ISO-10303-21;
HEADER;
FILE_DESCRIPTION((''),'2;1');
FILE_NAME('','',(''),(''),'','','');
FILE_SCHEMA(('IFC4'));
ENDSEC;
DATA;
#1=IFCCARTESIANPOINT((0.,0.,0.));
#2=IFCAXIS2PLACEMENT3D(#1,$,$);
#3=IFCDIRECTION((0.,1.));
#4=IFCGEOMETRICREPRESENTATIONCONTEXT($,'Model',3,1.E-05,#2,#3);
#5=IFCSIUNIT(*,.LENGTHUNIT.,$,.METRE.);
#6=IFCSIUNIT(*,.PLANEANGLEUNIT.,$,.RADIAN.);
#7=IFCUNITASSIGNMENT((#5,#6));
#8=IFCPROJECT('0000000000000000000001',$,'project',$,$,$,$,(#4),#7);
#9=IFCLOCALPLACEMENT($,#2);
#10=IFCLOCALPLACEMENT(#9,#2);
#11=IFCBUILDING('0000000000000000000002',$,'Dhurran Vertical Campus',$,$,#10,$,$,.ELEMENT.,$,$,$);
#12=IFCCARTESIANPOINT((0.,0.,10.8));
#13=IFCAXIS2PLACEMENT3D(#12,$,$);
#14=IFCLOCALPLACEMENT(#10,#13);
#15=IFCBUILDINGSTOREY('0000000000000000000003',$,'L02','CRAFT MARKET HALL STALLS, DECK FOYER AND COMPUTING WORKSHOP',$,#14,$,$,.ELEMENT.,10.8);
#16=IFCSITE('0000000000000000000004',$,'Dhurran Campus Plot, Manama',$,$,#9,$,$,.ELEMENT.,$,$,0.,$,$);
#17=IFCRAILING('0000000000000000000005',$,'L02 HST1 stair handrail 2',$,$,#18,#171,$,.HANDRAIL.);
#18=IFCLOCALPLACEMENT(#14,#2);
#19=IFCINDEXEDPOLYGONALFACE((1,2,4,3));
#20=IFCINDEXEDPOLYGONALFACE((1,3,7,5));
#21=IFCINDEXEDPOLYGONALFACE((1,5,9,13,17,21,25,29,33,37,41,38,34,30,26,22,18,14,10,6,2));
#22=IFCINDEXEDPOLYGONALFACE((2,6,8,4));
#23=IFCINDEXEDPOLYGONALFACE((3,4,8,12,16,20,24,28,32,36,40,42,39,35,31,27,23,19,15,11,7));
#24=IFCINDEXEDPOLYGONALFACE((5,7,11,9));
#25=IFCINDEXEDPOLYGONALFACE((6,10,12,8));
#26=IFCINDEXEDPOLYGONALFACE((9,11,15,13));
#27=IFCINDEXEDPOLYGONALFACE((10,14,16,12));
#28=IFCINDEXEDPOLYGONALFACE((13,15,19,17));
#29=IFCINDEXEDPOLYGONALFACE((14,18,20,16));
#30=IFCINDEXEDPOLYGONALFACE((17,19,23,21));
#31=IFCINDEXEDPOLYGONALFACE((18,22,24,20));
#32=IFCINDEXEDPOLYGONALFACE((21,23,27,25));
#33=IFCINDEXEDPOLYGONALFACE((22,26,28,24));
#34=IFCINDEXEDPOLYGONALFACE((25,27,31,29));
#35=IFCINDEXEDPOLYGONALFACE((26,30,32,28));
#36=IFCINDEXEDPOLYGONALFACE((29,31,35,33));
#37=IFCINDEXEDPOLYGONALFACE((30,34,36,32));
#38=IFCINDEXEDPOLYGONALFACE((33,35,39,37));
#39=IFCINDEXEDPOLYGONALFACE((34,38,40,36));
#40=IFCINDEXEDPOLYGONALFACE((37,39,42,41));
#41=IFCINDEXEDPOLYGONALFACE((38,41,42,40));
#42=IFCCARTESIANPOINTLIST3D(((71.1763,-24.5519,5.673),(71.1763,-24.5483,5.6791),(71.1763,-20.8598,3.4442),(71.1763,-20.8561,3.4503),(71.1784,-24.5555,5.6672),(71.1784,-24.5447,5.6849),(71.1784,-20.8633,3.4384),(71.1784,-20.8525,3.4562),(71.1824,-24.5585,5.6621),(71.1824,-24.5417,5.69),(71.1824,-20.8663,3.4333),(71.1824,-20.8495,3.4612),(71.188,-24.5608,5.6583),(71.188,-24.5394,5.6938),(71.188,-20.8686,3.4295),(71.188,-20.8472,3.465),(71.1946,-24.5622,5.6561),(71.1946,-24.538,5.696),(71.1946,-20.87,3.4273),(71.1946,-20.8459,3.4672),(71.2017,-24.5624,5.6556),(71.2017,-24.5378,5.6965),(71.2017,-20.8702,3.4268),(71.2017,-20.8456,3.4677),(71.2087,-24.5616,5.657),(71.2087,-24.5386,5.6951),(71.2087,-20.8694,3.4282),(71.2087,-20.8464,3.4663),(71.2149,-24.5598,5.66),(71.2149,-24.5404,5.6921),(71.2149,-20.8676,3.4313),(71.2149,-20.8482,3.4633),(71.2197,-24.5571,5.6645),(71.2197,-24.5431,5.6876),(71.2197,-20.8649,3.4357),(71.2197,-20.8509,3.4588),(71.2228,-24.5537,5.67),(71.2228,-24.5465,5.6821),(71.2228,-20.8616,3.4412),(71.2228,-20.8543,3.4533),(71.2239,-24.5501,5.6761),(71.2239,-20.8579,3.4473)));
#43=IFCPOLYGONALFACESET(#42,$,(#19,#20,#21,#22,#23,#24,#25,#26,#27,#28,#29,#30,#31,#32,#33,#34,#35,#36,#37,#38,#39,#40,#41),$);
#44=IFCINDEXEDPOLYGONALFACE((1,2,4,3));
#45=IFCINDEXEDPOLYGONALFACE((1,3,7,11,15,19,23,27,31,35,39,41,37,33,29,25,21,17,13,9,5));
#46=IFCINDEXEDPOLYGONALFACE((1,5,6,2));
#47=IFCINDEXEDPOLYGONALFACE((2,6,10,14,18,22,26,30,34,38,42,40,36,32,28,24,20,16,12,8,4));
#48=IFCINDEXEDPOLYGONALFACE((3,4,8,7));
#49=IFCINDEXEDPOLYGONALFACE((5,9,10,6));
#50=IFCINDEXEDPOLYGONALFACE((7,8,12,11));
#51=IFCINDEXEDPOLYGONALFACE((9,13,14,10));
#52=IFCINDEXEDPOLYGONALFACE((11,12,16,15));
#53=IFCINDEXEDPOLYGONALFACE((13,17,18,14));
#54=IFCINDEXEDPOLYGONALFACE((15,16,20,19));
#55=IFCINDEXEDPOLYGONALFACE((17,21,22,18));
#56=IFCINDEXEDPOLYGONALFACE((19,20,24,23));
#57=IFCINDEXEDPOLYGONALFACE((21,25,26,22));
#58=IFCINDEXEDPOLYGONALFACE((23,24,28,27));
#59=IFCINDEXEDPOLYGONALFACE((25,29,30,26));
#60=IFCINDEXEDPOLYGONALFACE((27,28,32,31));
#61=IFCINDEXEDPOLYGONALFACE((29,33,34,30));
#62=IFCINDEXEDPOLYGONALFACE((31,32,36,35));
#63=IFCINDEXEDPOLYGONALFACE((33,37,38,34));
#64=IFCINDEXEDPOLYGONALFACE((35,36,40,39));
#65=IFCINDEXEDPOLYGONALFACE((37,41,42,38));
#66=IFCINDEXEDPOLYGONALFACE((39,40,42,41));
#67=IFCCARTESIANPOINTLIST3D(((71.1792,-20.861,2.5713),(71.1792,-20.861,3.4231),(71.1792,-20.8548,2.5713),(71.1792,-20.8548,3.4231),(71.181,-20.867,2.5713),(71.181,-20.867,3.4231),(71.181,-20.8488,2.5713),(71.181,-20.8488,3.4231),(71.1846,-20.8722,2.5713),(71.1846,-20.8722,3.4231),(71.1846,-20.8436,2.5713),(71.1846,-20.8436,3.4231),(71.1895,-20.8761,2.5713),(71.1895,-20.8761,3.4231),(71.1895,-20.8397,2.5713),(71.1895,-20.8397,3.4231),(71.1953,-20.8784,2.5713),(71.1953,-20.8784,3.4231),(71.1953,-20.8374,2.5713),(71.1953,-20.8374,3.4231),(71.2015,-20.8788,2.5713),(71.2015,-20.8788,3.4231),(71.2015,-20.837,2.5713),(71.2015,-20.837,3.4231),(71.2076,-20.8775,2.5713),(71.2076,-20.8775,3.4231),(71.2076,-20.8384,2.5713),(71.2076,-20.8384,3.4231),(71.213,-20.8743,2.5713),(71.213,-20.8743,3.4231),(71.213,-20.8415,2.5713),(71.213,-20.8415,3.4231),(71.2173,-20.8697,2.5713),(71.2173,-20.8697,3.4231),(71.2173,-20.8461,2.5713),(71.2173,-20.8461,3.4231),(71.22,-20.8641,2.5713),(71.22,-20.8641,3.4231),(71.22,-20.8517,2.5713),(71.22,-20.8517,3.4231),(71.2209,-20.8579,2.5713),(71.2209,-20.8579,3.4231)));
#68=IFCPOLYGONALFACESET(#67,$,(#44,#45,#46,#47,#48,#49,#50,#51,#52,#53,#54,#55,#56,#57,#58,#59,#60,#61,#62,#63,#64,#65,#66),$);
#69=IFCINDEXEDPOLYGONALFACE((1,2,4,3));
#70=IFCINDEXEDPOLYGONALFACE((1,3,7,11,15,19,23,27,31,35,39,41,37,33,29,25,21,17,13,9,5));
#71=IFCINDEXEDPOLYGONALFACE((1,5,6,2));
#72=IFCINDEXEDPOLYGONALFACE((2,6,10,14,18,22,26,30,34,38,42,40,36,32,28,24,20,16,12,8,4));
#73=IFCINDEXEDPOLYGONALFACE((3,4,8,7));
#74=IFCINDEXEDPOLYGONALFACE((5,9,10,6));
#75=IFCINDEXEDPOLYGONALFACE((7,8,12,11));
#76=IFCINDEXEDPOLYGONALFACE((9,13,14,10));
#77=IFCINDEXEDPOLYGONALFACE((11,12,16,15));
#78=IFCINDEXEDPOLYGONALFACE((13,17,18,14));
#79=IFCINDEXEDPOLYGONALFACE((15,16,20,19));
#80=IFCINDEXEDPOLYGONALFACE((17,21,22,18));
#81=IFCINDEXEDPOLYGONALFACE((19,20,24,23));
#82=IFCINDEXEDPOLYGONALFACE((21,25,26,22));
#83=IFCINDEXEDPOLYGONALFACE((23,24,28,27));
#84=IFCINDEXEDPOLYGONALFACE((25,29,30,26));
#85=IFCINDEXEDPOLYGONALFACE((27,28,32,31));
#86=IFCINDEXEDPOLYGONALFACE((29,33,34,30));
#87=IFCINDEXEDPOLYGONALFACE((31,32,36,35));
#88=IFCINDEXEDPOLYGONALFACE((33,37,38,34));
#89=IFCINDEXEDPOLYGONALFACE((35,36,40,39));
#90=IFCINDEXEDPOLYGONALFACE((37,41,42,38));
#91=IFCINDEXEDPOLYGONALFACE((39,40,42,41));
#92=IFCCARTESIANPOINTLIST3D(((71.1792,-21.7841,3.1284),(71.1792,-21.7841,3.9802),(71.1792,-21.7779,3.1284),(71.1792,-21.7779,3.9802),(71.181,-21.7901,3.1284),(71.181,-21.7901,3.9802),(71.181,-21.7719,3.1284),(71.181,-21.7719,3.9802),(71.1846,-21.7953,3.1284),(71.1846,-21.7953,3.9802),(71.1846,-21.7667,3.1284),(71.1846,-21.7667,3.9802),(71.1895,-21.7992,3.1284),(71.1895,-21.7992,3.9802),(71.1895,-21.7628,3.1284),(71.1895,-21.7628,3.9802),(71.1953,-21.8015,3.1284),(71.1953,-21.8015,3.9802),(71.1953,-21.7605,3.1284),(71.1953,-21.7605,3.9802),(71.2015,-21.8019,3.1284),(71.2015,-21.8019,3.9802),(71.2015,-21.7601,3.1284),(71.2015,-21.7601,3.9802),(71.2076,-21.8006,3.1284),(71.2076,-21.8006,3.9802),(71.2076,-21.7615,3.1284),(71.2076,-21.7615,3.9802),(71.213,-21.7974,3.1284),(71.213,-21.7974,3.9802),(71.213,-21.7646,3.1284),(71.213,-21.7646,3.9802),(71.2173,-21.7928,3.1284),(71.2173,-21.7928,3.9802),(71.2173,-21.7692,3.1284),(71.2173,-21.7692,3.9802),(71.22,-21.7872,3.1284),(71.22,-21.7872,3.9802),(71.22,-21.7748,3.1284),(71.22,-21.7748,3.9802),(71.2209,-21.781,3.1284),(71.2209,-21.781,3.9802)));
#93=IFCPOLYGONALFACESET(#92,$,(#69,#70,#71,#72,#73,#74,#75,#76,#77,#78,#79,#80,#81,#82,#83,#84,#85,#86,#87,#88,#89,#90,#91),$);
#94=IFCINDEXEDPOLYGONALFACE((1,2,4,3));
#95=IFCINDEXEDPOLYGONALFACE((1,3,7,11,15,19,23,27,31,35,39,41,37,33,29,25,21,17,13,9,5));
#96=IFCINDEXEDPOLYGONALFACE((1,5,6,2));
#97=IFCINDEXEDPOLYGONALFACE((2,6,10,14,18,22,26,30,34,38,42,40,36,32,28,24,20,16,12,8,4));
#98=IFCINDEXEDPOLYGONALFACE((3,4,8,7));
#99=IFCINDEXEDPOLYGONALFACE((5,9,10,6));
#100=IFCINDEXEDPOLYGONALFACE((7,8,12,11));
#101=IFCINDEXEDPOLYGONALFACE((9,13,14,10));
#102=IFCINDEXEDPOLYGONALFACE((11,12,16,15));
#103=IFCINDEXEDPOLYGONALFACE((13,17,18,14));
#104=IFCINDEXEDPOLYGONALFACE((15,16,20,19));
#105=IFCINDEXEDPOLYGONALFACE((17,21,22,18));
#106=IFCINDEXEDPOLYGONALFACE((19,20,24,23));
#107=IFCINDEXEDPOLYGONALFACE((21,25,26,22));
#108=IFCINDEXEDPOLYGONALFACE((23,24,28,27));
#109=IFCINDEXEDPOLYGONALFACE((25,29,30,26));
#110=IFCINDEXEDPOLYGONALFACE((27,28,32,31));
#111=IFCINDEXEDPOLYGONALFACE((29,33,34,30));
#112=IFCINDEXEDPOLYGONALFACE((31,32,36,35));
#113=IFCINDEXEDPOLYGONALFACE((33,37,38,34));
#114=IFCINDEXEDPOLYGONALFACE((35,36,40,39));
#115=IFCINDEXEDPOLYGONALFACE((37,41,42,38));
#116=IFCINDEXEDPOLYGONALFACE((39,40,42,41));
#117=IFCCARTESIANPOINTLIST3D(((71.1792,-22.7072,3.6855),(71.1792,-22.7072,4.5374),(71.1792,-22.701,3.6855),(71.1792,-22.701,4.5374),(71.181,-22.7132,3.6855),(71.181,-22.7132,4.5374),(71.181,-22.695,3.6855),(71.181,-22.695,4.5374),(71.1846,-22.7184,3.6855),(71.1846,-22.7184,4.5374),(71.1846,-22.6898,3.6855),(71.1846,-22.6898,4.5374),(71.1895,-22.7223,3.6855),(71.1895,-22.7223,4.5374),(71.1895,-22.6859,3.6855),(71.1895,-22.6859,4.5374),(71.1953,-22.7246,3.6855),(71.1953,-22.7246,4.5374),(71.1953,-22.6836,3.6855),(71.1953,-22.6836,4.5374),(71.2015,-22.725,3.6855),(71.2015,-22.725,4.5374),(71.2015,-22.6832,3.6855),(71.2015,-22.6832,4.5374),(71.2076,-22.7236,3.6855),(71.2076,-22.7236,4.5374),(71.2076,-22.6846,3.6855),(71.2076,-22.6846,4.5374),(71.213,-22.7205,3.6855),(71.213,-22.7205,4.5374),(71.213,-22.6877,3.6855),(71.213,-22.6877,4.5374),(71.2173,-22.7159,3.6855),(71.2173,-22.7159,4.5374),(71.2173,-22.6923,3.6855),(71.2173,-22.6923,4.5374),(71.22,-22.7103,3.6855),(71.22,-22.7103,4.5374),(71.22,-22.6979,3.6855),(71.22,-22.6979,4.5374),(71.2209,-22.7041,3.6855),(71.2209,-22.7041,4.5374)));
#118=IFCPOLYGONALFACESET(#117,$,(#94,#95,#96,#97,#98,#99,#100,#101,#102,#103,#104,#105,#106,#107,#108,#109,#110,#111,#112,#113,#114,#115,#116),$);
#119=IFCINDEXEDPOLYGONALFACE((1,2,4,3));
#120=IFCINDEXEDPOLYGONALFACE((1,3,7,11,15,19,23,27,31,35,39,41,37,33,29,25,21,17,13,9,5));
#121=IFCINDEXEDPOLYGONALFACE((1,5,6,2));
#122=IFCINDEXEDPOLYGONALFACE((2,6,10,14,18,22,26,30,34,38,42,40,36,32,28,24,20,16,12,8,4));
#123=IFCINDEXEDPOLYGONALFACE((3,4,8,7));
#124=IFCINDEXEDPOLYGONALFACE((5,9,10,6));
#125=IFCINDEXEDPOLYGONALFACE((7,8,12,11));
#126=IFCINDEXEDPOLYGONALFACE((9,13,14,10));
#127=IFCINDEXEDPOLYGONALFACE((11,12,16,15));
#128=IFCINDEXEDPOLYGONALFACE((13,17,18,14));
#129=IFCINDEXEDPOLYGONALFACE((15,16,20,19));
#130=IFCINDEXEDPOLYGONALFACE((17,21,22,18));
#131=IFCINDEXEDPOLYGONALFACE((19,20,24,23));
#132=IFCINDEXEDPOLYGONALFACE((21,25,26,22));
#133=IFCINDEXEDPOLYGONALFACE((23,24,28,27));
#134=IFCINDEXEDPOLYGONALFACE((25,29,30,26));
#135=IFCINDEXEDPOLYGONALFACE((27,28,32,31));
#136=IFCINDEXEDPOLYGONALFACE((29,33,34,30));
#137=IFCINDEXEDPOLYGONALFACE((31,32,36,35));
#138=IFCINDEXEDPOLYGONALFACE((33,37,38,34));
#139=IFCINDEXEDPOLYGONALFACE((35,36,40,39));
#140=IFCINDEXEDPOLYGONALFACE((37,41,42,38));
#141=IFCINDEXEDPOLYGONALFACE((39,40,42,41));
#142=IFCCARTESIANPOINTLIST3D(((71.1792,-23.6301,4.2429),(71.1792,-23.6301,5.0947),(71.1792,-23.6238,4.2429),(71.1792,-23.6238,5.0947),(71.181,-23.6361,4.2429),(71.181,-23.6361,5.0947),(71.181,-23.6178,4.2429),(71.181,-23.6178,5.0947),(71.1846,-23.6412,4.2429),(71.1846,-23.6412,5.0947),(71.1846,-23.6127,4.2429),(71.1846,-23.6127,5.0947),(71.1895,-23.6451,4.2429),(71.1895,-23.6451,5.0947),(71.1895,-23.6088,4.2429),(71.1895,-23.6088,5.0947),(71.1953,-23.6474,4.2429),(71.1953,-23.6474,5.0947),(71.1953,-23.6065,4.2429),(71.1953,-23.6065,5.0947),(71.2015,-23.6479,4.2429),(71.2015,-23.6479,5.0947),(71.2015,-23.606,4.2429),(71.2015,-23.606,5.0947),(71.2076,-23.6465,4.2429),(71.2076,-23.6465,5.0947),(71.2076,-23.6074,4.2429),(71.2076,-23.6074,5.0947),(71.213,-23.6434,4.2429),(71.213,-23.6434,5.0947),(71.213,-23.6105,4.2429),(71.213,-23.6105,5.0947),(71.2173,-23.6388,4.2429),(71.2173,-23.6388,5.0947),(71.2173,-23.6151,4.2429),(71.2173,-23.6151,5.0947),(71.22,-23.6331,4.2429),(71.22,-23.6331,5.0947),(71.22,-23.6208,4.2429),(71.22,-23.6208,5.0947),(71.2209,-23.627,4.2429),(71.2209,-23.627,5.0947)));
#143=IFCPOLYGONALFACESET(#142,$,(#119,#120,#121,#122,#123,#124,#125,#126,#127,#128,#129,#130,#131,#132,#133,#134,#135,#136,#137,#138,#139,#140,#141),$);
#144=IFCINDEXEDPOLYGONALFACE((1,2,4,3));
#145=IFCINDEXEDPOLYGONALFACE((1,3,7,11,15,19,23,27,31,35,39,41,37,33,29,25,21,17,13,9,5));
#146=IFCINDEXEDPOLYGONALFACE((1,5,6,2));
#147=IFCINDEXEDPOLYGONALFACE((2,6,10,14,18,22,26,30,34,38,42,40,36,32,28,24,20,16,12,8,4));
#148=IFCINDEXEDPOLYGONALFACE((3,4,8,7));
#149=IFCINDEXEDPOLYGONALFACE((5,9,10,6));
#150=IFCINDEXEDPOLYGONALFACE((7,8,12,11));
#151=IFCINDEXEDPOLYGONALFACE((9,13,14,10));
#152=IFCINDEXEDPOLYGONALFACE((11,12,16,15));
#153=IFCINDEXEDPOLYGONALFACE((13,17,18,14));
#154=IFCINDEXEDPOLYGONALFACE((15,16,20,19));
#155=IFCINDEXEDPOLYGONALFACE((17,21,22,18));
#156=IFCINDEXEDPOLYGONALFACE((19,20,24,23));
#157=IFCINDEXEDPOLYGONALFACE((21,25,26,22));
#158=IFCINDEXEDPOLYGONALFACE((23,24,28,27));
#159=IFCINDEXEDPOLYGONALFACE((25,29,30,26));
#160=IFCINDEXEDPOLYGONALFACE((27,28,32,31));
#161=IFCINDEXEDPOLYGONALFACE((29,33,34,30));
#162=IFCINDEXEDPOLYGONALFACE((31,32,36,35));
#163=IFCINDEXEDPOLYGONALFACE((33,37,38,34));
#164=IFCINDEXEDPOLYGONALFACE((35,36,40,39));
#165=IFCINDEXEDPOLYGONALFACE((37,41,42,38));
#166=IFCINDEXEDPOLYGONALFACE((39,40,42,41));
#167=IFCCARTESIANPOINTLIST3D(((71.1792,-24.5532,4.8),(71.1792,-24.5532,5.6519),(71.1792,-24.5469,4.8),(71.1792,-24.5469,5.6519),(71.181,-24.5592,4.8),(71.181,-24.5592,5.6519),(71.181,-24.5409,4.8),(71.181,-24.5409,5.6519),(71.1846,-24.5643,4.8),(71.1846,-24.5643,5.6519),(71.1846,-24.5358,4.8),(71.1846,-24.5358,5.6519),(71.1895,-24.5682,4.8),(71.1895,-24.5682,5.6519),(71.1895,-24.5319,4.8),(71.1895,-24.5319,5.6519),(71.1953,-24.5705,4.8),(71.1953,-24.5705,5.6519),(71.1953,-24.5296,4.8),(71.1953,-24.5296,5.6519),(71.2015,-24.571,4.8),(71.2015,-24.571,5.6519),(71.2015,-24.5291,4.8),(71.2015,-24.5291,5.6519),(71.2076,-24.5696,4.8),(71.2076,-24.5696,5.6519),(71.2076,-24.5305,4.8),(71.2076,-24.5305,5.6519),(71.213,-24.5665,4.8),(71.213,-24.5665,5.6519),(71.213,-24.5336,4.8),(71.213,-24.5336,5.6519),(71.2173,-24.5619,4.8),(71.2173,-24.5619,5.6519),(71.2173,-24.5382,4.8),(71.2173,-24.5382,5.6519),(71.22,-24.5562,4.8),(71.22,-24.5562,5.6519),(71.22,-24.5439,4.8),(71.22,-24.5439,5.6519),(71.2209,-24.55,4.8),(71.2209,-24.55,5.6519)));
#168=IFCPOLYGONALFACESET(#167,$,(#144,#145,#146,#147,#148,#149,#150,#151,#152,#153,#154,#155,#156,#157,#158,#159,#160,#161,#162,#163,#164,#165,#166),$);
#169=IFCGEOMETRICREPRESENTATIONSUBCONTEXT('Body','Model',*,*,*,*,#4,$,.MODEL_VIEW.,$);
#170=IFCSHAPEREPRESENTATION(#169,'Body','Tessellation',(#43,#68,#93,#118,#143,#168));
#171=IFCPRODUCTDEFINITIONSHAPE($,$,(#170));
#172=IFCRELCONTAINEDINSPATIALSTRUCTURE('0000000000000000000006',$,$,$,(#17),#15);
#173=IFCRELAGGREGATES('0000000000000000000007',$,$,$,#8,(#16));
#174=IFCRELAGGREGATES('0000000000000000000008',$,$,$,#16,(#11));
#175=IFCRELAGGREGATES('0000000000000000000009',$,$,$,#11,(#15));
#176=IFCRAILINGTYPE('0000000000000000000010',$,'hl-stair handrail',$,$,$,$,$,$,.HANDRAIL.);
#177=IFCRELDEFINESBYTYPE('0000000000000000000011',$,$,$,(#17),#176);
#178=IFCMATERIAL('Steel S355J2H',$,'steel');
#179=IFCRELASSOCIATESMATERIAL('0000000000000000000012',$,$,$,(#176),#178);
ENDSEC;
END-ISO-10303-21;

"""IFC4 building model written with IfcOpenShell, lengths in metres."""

from ifc_helpers import new_model, si_unit, direction, frame, origin, origin_2d, place, context, subcontext, project, spatial, circle, extrude, material, type_object, element, save


model = new_model("IFC4")

# Units and contexts
model_context = context("Model", 3, precision=1e-05, world=origin(), true_north=direction((0.0, 1.0)))
body_context = subcontext(model_context, "Body", "Model", "MODEL_VIEW")
ifc_project = project(units=[si_unit("LENGTHUNIT", "METRE"), si_unit("PLANEANGLEUNIT", "RADIAN")], contexts=[model_context])

# Site, building, storey
site_placement = place(None, origin())
site = spatial("IfcSite", under=ifc_project, at=site_placement, Name="Dhurran Campus Plot, Manama", CompositionType="ELEMENT", RefElevation=0.0)
building_placement = place(site_placement, origin())
building = spatial("IfcBuilding", under=site, at=building_placement, Name="Dhurran Vertical Campus", CompositionType="ELEMENT")
storey_placement = place(building_placement, frame((0.0, 0.0, 10.8)))
storey = spatial("IfcBuildingStorey", under=building, at=storey_placement, Name="L02", Description="CRAFT MARKET HALL STALLS, DECK FOYER AND COMPUTING WORKSHOP", CompositionType="ELEMENT", Elevation=10.8)

# Railing
ifc_material_1 = material(Name="Steel S355J2H", Category="steel")
railing_type_1 = type_object("IfcRailingType", Name="hl-stair handrail", PredefinedType="HANDRAIL", material=ifc_material_1)
railing_1_placement = place(storey_placement, frame((71.2, -20.8579, 2.5713)))
element("IfcRailing", 1, at=railing_1_placement, inside=storey, type_object=railing_type_1, Name="L02 HST1 stair handrail 2", PredefinedType="HANDRAIL", context=body_context, shape_type="SweptSolid", body=[
    extrude(circle(Radius=0.0239, at=origin_2d()), frame((0.0, 0.0, 0.876), z_axis=(0.0, -0.856111, 0.516792), x_axis=(1.0, 0.0, 0.0)), (0.0, 0.0, 1.0), 4.3127),
    extrude(circle(Radius=0.021, at=origin_2d()), origin(), (0.0, 0.0, 1.0), 0.8518),
    extrude(circle(Radius=0.021, at=origin_2d()), frame((0.0, -0.9231, 0.5571)), (0.0, 0.0, 1.0), 0.8518),
    extrude(circle(Radius=0.021, at=origin_2d()), frame((0.0, -1.8462, 1.1143)), (0.0, 0.0, 1.0), 0.8518),
    extrude(circle(Radius=0.021, at=origin_2d()), frame((0.0, -2.769, 1.6716)), (0.0, 0.0, 1.0), 0.8518),
    extrude(circle(Radius=0.021, at=origin_2d()), frame((0.0, -3.6921, 2.2288)), (0.0, 0.0, 1.0), 0.8518),
])

save(model, "model.ifc")
